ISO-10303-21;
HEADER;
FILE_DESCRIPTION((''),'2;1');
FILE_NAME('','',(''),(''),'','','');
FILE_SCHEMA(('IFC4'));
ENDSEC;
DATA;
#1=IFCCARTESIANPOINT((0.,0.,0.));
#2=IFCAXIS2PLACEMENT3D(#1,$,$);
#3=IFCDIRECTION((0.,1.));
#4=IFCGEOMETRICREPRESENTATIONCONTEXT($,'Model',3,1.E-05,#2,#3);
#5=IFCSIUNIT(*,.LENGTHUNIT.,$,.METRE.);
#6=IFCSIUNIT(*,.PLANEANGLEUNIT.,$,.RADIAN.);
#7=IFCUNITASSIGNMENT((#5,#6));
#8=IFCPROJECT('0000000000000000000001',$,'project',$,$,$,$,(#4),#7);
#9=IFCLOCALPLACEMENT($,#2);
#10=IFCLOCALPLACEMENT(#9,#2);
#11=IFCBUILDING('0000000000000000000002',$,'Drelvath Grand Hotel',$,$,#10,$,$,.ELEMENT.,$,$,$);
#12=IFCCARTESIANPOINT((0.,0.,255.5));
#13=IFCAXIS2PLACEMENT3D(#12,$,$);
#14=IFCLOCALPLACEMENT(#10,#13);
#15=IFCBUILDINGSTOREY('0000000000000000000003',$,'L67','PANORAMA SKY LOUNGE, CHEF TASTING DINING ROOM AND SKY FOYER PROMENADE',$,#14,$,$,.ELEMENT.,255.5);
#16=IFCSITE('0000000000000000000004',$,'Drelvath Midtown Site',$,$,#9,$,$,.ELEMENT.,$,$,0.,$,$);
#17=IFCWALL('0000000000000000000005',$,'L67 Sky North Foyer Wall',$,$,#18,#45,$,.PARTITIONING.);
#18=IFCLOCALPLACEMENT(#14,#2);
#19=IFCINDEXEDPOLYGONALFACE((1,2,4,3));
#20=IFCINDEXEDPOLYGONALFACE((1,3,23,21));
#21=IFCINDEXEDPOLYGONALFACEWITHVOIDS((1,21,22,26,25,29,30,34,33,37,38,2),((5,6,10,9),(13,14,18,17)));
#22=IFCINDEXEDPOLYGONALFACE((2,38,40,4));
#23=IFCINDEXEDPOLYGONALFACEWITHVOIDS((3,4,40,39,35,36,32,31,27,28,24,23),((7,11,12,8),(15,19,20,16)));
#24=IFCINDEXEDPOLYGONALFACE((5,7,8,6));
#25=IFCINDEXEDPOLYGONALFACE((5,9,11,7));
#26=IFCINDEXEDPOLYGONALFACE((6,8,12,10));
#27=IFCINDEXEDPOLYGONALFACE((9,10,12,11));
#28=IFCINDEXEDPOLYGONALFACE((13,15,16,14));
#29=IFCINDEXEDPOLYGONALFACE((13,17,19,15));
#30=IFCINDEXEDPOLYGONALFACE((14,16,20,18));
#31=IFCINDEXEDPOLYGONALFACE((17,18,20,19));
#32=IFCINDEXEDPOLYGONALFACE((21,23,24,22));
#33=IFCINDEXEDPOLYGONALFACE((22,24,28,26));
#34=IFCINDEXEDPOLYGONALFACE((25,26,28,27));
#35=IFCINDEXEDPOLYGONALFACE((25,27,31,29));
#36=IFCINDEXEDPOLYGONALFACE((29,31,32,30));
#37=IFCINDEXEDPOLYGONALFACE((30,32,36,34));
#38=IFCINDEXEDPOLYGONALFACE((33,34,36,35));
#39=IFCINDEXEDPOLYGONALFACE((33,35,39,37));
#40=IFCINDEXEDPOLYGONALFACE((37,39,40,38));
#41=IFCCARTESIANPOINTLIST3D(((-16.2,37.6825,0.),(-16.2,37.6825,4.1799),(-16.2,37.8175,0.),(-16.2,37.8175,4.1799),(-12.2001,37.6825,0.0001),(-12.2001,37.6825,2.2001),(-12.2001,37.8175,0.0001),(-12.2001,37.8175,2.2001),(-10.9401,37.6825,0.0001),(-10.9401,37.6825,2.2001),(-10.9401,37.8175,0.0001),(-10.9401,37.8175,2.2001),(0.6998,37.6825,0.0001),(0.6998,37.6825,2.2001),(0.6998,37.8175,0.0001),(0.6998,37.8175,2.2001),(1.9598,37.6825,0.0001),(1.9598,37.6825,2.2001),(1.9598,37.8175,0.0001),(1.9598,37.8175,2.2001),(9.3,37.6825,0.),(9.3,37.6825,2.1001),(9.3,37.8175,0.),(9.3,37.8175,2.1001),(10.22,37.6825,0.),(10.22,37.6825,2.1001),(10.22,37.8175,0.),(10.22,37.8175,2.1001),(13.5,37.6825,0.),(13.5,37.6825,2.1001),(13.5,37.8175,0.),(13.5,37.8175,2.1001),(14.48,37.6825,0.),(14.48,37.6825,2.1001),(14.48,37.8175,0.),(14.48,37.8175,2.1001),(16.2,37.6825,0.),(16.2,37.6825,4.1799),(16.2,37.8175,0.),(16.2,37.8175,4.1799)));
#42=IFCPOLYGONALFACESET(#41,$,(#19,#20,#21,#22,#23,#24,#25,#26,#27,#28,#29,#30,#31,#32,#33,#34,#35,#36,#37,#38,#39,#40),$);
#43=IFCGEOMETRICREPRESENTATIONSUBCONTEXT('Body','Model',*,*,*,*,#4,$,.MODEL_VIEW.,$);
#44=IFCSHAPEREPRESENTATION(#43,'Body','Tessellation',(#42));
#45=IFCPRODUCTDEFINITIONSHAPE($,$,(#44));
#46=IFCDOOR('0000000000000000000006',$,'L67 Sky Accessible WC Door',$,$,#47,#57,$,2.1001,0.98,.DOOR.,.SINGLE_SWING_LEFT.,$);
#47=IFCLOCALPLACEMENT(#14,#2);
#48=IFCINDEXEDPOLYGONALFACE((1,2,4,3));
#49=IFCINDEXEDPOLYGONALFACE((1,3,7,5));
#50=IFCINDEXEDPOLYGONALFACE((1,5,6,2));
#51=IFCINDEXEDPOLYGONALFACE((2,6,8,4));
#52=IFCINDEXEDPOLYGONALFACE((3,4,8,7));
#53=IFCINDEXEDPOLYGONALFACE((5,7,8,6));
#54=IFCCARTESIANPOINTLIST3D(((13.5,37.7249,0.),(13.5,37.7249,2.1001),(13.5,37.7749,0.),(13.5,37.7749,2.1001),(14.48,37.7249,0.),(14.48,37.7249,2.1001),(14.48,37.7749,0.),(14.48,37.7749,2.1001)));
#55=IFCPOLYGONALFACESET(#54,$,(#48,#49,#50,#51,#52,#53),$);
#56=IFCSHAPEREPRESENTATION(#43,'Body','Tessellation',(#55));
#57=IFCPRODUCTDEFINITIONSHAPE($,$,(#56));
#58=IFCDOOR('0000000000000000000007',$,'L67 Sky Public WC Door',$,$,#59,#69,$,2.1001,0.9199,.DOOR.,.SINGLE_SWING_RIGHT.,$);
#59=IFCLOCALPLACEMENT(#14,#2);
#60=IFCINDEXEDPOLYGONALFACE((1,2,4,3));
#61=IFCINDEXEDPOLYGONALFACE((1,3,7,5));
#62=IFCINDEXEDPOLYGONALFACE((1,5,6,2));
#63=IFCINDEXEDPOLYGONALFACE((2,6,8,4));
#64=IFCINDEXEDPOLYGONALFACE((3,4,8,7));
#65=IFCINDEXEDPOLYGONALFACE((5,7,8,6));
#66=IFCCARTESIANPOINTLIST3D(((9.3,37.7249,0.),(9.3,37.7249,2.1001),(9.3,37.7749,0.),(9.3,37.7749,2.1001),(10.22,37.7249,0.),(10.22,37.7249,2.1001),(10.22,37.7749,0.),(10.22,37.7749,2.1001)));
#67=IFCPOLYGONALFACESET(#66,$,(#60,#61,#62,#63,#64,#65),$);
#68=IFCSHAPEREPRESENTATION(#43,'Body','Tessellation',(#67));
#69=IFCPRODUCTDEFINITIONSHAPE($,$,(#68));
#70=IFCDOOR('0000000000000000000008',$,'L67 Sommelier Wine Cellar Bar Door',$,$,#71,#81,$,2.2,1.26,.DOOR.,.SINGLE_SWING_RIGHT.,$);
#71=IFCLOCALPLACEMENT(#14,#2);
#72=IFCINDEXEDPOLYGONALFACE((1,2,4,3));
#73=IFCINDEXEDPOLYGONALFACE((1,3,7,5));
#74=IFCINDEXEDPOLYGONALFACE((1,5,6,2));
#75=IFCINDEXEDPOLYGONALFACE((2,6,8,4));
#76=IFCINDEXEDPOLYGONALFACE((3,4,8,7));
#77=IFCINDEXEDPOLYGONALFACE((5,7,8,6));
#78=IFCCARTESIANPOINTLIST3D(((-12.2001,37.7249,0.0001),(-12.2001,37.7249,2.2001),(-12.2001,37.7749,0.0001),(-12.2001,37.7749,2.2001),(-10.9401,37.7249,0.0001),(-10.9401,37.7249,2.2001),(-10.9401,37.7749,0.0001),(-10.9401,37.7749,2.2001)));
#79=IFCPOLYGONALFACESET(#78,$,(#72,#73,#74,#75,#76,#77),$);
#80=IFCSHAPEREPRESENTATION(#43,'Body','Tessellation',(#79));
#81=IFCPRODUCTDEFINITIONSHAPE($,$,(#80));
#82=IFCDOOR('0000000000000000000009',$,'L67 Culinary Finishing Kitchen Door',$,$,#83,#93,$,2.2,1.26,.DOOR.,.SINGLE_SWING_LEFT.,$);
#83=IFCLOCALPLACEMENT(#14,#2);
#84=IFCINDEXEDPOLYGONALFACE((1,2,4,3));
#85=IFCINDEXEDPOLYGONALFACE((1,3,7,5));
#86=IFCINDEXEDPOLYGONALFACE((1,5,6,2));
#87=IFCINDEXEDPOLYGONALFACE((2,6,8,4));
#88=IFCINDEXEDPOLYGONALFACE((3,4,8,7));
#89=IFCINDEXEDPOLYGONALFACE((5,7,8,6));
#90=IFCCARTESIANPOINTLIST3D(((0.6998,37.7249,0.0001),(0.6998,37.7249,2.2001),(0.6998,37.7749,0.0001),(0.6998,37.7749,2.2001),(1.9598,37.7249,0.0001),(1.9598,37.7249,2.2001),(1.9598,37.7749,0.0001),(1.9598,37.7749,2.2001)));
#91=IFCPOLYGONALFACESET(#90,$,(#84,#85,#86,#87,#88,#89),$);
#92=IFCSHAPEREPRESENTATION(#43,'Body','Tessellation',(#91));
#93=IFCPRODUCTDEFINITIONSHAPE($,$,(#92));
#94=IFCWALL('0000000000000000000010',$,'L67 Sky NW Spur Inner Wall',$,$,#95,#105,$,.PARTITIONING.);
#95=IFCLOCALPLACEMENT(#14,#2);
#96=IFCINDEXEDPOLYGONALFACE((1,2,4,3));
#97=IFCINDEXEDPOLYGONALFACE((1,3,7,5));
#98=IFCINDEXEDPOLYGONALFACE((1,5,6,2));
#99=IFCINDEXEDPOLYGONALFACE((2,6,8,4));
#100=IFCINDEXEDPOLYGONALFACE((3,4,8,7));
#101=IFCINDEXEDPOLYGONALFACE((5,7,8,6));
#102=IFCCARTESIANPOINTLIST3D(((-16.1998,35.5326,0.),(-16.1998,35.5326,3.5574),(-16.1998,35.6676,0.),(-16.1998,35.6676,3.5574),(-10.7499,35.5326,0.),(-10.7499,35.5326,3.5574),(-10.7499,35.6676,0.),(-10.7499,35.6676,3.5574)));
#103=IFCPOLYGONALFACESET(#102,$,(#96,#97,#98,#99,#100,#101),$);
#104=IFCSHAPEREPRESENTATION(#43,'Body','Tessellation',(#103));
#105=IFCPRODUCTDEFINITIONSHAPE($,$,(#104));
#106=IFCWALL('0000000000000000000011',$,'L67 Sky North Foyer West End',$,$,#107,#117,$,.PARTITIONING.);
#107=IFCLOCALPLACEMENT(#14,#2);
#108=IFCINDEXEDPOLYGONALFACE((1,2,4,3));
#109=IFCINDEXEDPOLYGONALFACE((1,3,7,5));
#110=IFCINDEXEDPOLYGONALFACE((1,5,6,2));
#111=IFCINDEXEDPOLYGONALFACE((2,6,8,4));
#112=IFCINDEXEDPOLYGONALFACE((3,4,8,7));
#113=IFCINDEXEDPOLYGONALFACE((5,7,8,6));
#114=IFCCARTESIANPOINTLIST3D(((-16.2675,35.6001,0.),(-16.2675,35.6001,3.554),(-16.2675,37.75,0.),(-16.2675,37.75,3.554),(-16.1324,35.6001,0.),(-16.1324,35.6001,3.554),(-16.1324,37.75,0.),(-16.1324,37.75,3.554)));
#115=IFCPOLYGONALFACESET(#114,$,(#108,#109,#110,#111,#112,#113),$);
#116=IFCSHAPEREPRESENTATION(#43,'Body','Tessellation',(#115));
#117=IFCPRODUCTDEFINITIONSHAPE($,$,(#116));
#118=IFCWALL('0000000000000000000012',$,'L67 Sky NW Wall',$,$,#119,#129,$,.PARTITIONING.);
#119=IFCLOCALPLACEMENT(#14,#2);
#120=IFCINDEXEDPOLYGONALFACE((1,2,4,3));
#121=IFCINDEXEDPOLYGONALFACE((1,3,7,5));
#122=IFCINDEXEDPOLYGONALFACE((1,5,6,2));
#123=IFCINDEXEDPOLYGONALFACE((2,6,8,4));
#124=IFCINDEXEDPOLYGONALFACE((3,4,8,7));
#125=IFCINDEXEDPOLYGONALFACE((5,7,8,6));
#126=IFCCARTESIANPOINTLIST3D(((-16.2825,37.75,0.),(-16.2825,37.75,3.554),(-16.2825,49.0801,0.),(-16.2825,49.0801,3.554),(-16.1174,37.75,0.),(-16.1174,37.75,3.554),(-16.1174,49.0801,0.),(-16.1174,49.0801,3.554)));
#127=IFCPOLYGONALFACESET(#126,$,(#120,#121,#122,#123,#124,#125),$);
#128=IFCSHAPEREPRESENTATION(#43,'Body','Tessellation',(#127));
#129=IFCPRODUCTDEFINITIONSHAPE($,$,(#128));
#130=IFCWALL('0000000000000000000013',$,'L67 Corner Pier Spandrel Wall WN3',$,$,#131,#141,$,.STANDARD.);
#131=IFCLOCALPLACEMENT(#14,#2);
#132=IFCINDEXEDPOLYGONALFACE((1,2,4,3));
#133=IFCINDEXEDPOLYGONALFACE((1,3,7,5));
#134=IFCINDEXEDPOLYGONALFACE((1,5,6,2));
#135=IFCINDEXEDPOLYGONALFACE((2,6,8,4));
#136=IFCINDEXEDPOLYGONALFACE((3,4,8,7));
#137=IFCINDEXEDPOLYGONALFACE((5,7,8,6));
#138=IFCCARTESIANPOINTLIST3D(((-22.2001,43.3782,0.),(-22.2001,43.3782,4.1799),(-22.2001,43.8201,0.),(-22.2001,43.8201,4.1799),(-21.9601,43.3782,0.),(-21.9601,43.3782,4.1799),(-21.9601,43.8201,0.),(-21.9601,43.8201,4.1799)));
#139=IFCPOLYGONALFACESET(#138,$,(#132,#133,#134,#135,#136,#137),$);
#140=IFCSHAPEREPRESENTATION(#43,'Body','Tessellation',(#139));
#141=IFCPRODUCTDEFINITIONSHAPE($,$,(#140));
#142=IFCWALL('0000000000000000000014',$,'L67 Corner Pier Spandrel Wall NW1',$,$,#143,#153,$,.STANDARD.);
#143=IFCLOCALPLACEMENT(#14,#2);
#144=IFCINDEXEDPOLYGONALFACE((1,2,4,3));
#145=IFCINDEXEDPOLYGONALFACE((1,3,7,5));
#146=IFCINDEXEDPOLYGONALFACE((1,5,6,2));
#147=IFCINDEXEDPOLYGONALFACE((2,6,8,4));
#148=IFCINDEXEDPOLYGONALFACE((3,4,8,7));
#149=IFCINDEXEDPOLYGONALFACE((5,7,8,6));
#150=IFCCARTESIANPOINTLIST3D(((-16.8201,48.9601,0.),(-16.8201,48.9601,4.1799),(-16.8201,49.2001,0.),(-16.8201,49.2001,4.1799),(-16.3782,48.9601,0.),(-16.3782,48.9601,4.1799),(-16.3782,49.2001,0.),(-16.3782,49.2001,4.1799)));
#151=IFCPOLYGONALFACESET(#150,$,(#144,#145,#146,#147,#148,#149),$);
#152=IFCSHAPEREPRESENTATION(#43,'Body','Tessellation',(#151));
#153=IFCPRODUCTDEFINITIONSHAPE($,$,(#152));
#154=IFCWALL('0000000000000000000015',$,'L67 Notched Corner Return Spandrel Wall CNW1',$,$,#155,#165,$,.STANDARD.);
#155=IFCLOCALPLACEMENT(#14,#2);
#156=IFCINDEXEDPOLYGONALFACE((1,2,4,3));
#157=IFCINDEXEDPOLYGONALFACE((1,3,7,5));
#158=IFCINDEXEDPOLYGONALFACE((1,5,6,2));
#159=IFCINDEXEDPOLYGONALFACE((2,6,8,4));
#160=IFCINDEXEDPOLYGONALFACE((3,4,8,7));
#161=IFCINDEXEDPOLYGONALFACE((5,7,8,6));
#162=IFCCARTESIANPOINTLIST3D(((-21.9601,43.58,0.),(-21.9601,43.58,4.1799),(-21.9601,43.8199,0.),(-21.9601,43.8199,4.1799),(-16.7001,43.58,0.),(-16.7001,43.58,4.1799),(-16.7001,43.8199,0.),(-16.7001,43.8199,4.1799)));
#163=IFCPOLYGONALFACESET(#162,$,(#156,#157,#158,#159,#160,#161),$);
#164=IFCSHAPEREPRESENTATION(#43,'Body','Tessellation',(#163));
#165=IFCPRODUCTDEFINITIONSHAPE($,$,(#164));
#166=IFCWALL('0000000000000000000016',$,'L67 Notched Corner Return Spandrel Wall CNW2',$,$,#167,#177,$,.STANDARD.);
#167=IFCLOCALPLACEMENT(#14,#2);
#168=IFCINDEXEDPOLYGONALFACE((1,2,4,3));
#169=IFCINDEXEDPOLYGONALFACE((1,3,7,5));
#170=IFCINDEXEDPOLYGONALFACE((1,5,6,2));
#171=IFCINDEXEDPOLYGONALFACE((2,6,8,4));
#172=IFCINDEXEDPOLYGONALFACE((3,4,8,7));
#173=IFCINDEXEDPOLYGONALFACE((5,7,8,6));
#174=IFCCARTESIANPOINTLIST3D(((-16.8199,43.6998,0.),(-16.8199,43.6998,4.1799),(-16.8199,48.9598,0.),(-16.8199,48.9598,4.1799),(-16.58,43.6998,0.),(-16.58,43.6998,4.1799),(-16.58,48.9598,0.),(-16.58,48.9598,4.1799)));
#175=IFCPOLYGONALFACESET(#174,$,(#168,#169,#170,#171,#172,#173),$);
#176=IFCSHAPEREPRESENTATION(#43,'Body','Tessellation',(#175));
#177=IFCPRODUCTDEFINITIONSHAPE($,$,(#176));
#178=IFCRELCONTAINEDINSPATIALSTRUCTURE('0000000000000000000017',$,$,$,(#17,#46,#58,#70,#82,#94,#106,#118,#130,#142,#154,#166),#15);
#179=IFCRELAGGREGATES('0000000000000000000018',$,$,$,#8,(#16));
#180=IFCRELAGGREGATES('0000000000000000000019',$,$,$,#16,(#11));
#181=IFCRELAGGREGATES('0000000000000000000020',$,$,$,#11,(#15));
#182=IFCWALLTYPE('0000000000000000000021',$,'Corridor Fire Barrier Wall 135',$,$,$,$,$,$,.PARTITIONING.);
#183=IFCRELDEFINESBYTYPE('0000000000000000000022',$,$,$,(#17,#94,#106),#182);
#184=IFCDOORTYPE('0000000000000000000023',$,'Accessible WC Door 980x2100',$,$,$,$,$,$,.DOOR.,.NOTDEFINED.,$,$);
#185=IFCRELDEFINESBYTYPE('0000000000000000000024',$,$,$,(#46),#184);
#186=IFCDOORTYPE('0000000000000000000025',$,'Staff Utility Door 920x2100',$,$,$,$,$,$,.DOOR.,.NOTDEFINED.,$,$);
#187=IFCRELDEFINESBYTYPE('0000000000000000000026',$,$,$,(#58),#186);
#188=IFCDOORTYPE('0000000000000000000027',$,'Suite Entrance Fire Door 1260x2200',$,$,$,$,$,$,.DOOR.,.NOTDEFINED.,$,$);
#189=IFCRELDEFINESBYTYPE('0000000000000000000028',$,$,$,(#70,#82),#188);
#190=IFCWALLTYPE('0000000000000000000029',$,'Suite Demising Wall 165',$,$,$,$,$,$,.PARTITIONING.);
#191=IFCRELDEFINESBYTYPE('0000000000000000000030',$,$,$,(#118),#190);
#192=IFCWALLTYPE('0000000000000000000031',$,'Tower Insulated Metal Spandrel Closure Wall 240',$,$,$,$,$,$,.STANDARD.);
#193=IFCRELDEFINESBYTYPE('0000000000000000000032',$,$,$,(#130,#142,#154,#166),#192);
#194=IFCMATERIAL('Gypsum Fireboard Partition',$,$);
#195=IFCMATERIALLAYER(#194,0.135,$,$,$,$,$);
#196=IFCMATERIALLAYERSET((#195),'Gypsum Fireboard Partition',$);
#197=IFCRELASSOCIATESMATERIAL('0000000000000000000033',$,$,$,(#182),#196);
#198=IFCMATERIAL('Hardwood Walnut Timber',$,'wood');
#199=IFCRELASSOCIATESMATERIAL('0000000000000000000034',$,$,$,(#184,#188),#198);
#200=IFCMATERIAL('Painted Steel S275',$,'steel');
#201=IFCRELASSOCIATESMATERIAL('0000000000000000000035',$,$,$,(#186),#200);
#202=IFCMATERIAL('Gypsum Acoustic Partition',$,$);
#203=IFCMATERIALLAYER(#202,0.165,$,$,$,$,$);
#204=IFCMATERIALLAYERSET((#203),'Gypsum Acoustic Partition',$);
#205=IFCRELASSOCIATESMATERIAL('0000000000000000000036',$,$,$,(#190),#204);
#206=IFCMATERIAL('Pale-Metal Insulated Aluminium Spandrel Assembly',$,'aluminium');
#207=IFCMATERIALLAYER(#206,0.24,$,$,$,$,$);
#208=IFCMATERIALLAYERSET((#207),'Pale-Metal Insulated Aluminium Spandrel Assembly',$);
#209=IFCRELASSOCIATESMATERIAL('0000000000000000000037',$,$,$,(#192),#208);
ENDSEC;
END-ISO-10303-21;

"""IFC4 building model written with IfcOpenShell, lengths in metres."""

from ifc_helpers import new_model, si_unit, direction, frame, frame_2d, origin, place, context, subcontext, project, spatial, rectangle, extrude, material, layer, layer_set, type_object, element, fill, save


model = new_model("IFC4")

# Units and contexts
model_context = context("Model", 3, precision=1e-05, world=origin(), true_north=direction((0.0, 1.0)))
body_context = subcontext(model_context, "Body", "Model", "MODEL_VIEW")
ifc_project = project(units=[si_unit("LENGTHUNIT", "METRE"), si_unit("PLANEANGLEUNIT", "RADIAN")], contexts=[model_context])

# Site, building, storey
site_placement = place(None, origin())
site = spatial("IfcSite", under=ifc_project, at=site_placement, Name="Drelvath Midtown Site", CompositionType="ELEMENT", RefElevation=0.0)
building_placement = place(site_placement, origin())
building = spatial("IfcBuilding", under=site, at=building_placement, Name="Drelvath Grand Hotel", CompositionType="ELEMENT")
storey_placement = place(building_placement, frame((0.0, 0.0, 255.5)))
storey = spatial("IfcBuildingStorey", under=building, at=storey_placement, Name="L67", Description="PANORAMA SKY LOUNGE, CHEF TASTING DINING ROOM AND SKY FOYER PROMENADE", CompositionType="ELEMENT", Elevation=255.5)

# Wall, openings, doors
ifc_material_1 = material(Name="Gypsum Fireboard Partition")
ifc_layer_1 = layer(ifc_material_1, 0.135)
ifc_layer_set_1 = layer_set([ifc_layer_1], Name="Gypsum Fireboard Partition")
wall_type_1 = type_object("IfcWallType", Name="Corridor Fire Barrier Wall 135", PredefinedType="PARTITIONING", material=ifc_layer_set_1)
wall_1_placement = place(storey_placement, frame((-16.2, 37.75, 0.0), z_axis=(0.0, 0.0, 1.0), x_axis=(1.0, 0.0, 0.0)))
wall_1 = element("IfcWall", 1, at=wall_1_placement, inside=storey, type_object=wall_type_1, Name="L67 Sky North Foyer Wall", PredefinedType="PARTITIONING", context=body_context, shape_type="SweptSolid", body=[
    extrude(rectangle(XDim=32.3999, YDim=0.135, at=frame_2d((16.2, 0.0))), origin(), (0.0, 0.0, 1.0), 4.1799),
])
opening_1_placement = place(wall_1_placement, frame((4.0, 0.0, 0.0)))
opening_1 = element("IfcOpeningElement", 2, at=opening_1_placement, cuts=wall_1, PredefinedType="OPENING", context=body_context, shape_type="SweptSolid", body=[
    extrude(rectangle(XDim=1.26, YDim=2.2, at=frame_2d((0.6299, 1.1001))), frame((0.0, 0.0774, 0.0), z_axis=(0.0, -1.0, 0.0), x_axis=(1.0, 0.0, 0.0)), (0.0, 0.0, 1.0), 0.155),
])
opening_2_placement = place(wall_1_placement, frame((16.8999, 0.0, 0.0)))
opening_2 = element("IfcOpeningElement", 3, at=opening_2_placement, cuts=wall_1, PredefinedType="OPENING", context=body_context, shape_type="SweptSolid", body=[
    extrude(rectangle(XDim=1.26, YDim=2.2, at=frame_2d((0.6299, 1.1001))), frame((0.0, 0.0774, 0.0), z_axis=(0.0, -1.0, 0.0), x_axis=(1.0, 0.0, 0.0)), (0.0, 0.0, 1.0), 0.155),
])
opening_3_placement = place(wall_1_placement, frame((25.5, 0.0, 0.0)))
opening_3 = element("IfcOpeningElement", 4, at=opening_3_placement, cuts=wall_1, PredefinedType="OPENING", context=body_context, shape_type="SweptSolid", body=[
    extrude(rectangle(XDim=0.9199, YDim=2.1001, at=frame_2d((0.46, 1.05))), frame((0.0, 0.0774, 0.0), z_axis=(0.0, -1.0, 0.0), x_axis=(1.0, 0.0, 0.0)), (0.0, 0.0, 1.0), 0.155),
])
opening_4_placement = place(wall_1_placement, frame((29.7, 0.0, 0.0)))
opening_4 = element("IfcOpeningElement", 5, at=opening_4_placement, cuts=wall_1, PredefinedType="OPENING", context=body_context, shape_type="SweptSolid", body=[
    extrude(rectangle(XDim=0.98, YDim=2.1001, at=frame_2d((0.49, 1.05))), frame((0.0, 0.0774, 0.0), z_axis=(0.0, -1.0, 0.0), x_axis=(1.0, 0.0, 0.0)), (0.0, 0.0, 1.0), 0.155),
])
ifc_material_2 = material(Name="Hardwood Walnut Timber", Category="wood")
door_type_1 = type_object("IfcDoorType", Name="Accessible WC Door 980x2100", OperationType="NOTDEFINED", PredefinedType="DOOR", material=ifc_material_2)
door_1_placement = place(opening_4_placement, origin())
door_1 = element("IfcDoor", 6, at=door_1_placement, inside=storey, type_object=door_type_1, Name="L67 Sky Accessible WC Door", OperationType="SINGLE_SWING_LEFT", OverallHeight=2.1001, OverallWidth=0.98, PredefinedType="DOOR", context=body_context, shape_type="SweptSolid", body=[
    extrude(rectangle(XDim=0.98, YDim=2.1001, at=frame_2d((0.49, 1.05))), frame((0.0, 0.0249, 0.0), z_axis=(0.0, -1.0, 0.0), x_axis=(1.0, 0.0, 0.0)), (0.0, 0.0, 1.0), 0.05),
])
fill(opening_4, door_1)
ifc_material_3 = material(Name="Painted Steel S275", Category="steel")
door_type_2 = type_object("IfcDoorType", Name="Staff Utility Door 920x2100", OperationType="NOTDEFINED", PredefinedType="DOOR", material=ifc_material_3)
door_2_placement = place(opening_3_placement, origin())
door_2 = element("IfcDoor", 7, at=door_2_placement, inside=storey, type_object=door_type_2, Name="L67 Sky Public WC Door", OperationType="SINGLE_SWING_RIGHT", OverallHeight=2.1001, OverallWidth=0.9199, PredefinedType="DOOR", context=body_context, shape_type="SweptSolid", body=[
    extrude(rectangle(XDim=0.9199, YDim=2.1001, at=frame_2d((0.46, 1.05))), frame((0.0, 0.0249, 0.0), z_axis=(0.0, -1.0, 0.0), x_axis=(1.0, 0.0, 0.0)), (0.0, 0.0, 1.0), 0.05),
])
fill(opening_3, door_2)
door_type_3 = type_object("IfcDoorType", Name="Suite Entrance Fire Door 1260x2200", OperationType="NOTDEFINED", PredefinedType="DOOR", material=ifc_material_2)
door_3_placement = place(opening_1_placement, origin())
door_3 = element("IfcDoor", 8, at=door_3_placement, inside=storey, type_object=door_type_3, Name="L67 Sommelier Wine Cellar Bar Door", OperationType="SINGLE_SWING_RIGHT", OverallHeight=2.2, OverallWidth=1.26, PredefinedType="DOOR", context=body_context, shape_type="SweptSolid", body=[
    extrude(rectangle(XDim=1.26, YDim=2.2, at=frame_2d((0.6299, 1.1001))), frame((0.0, 0.0249, 0.0), z_axis=(0.0, -1.0, 0.0), x_axis=(1.0, 0.0, 0.0)), (0.0, 0.0, 1.0), 0.05),
])
fill(opening_1, door_3)
door_4_placement = place(opening_2_placement, origin())
door_4 = element("IfcDoor", 9, at=door_4_placement, inside=storey, type_object=door_type_3, Name="L67 Culinary Finishing Kitchen Door", OperationType="SINGLE_SWING_LEFT", OverallHeight=2.2, OverallWidth=1.26, PredefinedType="DOOR", context=body_context, shape_type="SweptSolid", body=[
    extrude(rectangle(XDim=1.26, YDim=2.2, at=frame_2d((0.6299, 1.1001))), frame((0.0, 0.0249, 0.0), z_axis=(0.0, -1.0, 0.0), x_axis=(1.0, 0.0, 0.0)), (0.0, 0.0, 1.0), 0.05),
])
fill(opening_2, door_4)

# Walls
wall_2_placement = place(storey_placement, frame((-16.2, 35.6001, 0.0), z_axis=(0.0, 0.0, 1.0), x_axis=(1.0, 0.0, 0.0)))
element("IfcWall", 10, at=wall_2_placement, inside=storey, type_object=wall_type_1, Name="L67 Sky NW Spur Inner Wall", PredefinedType="PARTITIONING", context=body_context, shape_type="SweptSolid", body=[
    extrude(rectangle(XDim=5.45, YDim=0.135, at=frame_2d((2.7251, 0.0))), origin(), (0.0, 0.0, 1.0), 3.5574),
])
wall_3_placement = place(storey_placement, frame((-16.2, 35.6001, 0.0), z_axis=(0.0, 0.0, 1.0), x_axis=(0.0, 1.0, 0.0)))
element("IfcWall", 11, at=wall_3_placement, inside=storey, type_object=wall_type_1, Name="L67 Sky North Foyer West End", PredefinedType="PARTITIONING", context=body_context, shape_type="SweptSolid", body=[
    extrude(rectangle(XDim=2.1499, YDim=0.135, at=frame_2d((1.075, 0.0))), origin(), (0.0, 0.0, 1.0), 3.554),
])
ifc_material_4 = material(Name="Gypsum Acoustic Partition")
ifc_layer_2 = layer(ifc_material_4, 0.165)
ifc_layer_set_2 = layer_set([ifc_layer_2], Name="Gypsum Acoustic Partition")
wall_type_2 = type_object("IfcWallType", Name="Suite Demising Wall 165", PredefinedType="PARTITIONING", material=ifc_layer_set_2)
wall_4_placement = place(storey_placement, frame((-16.2, 37.75, 0.0), z_axis=(0.0, 0.0, 1.0), x_axis=(0.0, 1.0, 0.0)))
element("IfcWall", 12, at=wall_4_placement, inside=storey, type_object=wall_type_2, Name="L67 Sky NW Wall", PredefinedType="PARTITIONING", context=body_context, shape_type="SweptSolid", body=[
    extrude(rectangle(XDim=11.3301, YDim=0.165, at=frame_2d((5.665, 0.0))), origin(), (0.0, 0.0, 1.0), 3.554),
])
ifc_material_5 = material(Name="Pale-Metal Insulated Aluminium Spandrel Assembly", Category="aluminium")
ifc_layer_3 = layer(ifc_material_5, 0.24)
ifc_layer_set_3 = layer_set([ifc_layer_3], Name="Pale-Metal Insulated Aluminium Spandrel Assembly")
wall_type_3 = type_object("IfcWallType", Name="Tower Insulated Metal Spandrel Closure Wall 240", PredefinedType="STANDARD", material=ifc_layer_set_3)
for number, where, z_axis, x_axis, name in (
    (13, (-22.0801, 43.3782, 0.0), (0.0, 0.0, 1.0), (0.0, 1.0, 0.0), "L67 Corner Pier Spandrel Wall WN3"),
    (14, (-16.8201, 49.0801, 0.0), (0.0, 0.0, 1.0), (1.0, 0.0, 0.0), "L67 Corner Pier Spandrel Wall NW1"),
):
    element("IfcWall", number, at=place(storey_placement, frame(where, z_axis=z_axis, x_axis=x_axis)), inside=storey, type_object=wall_type_3, Name=name, PredefinedType="STANDARD", context=body_context, shape_type="SweptSolid", body=[
        extrude(rectangle(XDim=0.4419, YDim=0.24, at=frame_2d((0.2209, 0.0))), origin(), (0.0, 0.0, 1.0), 4.1799),
    ])
for number, where, z_axis, x_axis, name in (
    (15, (-21.96, 43.7, 0.0), (0.0, 0.0, 1.0), (1.0, 0.0, 0.0), "L67 Notched Corner Return Spandrel Wall CNW1"),
    (16, (-16.7, 43.7, 0.0), (0.0, 0.0, 1.0), (0.0, 1.0, 0.0), "L67 Notched Corner Return Spandrel Wall CNW2"),
):
    element("IfcWall", number, at=place(storey_placement, frame(where, z_axis=z_axis, x_axis=x_axis)), inside=storey, type_object=wall_type_3, Name=name, PredefinedType="STANDARD", context=body_context, shape_type="SweptSolid", body=[
        extrude(rectangle(XDim=5.26, YDim=0.24, at=frame_2d((2.6299, 0.0))), origin(), (0.0, 0.0, 1.0), 4.1799),
    ])

save(model, "model.ifc")
